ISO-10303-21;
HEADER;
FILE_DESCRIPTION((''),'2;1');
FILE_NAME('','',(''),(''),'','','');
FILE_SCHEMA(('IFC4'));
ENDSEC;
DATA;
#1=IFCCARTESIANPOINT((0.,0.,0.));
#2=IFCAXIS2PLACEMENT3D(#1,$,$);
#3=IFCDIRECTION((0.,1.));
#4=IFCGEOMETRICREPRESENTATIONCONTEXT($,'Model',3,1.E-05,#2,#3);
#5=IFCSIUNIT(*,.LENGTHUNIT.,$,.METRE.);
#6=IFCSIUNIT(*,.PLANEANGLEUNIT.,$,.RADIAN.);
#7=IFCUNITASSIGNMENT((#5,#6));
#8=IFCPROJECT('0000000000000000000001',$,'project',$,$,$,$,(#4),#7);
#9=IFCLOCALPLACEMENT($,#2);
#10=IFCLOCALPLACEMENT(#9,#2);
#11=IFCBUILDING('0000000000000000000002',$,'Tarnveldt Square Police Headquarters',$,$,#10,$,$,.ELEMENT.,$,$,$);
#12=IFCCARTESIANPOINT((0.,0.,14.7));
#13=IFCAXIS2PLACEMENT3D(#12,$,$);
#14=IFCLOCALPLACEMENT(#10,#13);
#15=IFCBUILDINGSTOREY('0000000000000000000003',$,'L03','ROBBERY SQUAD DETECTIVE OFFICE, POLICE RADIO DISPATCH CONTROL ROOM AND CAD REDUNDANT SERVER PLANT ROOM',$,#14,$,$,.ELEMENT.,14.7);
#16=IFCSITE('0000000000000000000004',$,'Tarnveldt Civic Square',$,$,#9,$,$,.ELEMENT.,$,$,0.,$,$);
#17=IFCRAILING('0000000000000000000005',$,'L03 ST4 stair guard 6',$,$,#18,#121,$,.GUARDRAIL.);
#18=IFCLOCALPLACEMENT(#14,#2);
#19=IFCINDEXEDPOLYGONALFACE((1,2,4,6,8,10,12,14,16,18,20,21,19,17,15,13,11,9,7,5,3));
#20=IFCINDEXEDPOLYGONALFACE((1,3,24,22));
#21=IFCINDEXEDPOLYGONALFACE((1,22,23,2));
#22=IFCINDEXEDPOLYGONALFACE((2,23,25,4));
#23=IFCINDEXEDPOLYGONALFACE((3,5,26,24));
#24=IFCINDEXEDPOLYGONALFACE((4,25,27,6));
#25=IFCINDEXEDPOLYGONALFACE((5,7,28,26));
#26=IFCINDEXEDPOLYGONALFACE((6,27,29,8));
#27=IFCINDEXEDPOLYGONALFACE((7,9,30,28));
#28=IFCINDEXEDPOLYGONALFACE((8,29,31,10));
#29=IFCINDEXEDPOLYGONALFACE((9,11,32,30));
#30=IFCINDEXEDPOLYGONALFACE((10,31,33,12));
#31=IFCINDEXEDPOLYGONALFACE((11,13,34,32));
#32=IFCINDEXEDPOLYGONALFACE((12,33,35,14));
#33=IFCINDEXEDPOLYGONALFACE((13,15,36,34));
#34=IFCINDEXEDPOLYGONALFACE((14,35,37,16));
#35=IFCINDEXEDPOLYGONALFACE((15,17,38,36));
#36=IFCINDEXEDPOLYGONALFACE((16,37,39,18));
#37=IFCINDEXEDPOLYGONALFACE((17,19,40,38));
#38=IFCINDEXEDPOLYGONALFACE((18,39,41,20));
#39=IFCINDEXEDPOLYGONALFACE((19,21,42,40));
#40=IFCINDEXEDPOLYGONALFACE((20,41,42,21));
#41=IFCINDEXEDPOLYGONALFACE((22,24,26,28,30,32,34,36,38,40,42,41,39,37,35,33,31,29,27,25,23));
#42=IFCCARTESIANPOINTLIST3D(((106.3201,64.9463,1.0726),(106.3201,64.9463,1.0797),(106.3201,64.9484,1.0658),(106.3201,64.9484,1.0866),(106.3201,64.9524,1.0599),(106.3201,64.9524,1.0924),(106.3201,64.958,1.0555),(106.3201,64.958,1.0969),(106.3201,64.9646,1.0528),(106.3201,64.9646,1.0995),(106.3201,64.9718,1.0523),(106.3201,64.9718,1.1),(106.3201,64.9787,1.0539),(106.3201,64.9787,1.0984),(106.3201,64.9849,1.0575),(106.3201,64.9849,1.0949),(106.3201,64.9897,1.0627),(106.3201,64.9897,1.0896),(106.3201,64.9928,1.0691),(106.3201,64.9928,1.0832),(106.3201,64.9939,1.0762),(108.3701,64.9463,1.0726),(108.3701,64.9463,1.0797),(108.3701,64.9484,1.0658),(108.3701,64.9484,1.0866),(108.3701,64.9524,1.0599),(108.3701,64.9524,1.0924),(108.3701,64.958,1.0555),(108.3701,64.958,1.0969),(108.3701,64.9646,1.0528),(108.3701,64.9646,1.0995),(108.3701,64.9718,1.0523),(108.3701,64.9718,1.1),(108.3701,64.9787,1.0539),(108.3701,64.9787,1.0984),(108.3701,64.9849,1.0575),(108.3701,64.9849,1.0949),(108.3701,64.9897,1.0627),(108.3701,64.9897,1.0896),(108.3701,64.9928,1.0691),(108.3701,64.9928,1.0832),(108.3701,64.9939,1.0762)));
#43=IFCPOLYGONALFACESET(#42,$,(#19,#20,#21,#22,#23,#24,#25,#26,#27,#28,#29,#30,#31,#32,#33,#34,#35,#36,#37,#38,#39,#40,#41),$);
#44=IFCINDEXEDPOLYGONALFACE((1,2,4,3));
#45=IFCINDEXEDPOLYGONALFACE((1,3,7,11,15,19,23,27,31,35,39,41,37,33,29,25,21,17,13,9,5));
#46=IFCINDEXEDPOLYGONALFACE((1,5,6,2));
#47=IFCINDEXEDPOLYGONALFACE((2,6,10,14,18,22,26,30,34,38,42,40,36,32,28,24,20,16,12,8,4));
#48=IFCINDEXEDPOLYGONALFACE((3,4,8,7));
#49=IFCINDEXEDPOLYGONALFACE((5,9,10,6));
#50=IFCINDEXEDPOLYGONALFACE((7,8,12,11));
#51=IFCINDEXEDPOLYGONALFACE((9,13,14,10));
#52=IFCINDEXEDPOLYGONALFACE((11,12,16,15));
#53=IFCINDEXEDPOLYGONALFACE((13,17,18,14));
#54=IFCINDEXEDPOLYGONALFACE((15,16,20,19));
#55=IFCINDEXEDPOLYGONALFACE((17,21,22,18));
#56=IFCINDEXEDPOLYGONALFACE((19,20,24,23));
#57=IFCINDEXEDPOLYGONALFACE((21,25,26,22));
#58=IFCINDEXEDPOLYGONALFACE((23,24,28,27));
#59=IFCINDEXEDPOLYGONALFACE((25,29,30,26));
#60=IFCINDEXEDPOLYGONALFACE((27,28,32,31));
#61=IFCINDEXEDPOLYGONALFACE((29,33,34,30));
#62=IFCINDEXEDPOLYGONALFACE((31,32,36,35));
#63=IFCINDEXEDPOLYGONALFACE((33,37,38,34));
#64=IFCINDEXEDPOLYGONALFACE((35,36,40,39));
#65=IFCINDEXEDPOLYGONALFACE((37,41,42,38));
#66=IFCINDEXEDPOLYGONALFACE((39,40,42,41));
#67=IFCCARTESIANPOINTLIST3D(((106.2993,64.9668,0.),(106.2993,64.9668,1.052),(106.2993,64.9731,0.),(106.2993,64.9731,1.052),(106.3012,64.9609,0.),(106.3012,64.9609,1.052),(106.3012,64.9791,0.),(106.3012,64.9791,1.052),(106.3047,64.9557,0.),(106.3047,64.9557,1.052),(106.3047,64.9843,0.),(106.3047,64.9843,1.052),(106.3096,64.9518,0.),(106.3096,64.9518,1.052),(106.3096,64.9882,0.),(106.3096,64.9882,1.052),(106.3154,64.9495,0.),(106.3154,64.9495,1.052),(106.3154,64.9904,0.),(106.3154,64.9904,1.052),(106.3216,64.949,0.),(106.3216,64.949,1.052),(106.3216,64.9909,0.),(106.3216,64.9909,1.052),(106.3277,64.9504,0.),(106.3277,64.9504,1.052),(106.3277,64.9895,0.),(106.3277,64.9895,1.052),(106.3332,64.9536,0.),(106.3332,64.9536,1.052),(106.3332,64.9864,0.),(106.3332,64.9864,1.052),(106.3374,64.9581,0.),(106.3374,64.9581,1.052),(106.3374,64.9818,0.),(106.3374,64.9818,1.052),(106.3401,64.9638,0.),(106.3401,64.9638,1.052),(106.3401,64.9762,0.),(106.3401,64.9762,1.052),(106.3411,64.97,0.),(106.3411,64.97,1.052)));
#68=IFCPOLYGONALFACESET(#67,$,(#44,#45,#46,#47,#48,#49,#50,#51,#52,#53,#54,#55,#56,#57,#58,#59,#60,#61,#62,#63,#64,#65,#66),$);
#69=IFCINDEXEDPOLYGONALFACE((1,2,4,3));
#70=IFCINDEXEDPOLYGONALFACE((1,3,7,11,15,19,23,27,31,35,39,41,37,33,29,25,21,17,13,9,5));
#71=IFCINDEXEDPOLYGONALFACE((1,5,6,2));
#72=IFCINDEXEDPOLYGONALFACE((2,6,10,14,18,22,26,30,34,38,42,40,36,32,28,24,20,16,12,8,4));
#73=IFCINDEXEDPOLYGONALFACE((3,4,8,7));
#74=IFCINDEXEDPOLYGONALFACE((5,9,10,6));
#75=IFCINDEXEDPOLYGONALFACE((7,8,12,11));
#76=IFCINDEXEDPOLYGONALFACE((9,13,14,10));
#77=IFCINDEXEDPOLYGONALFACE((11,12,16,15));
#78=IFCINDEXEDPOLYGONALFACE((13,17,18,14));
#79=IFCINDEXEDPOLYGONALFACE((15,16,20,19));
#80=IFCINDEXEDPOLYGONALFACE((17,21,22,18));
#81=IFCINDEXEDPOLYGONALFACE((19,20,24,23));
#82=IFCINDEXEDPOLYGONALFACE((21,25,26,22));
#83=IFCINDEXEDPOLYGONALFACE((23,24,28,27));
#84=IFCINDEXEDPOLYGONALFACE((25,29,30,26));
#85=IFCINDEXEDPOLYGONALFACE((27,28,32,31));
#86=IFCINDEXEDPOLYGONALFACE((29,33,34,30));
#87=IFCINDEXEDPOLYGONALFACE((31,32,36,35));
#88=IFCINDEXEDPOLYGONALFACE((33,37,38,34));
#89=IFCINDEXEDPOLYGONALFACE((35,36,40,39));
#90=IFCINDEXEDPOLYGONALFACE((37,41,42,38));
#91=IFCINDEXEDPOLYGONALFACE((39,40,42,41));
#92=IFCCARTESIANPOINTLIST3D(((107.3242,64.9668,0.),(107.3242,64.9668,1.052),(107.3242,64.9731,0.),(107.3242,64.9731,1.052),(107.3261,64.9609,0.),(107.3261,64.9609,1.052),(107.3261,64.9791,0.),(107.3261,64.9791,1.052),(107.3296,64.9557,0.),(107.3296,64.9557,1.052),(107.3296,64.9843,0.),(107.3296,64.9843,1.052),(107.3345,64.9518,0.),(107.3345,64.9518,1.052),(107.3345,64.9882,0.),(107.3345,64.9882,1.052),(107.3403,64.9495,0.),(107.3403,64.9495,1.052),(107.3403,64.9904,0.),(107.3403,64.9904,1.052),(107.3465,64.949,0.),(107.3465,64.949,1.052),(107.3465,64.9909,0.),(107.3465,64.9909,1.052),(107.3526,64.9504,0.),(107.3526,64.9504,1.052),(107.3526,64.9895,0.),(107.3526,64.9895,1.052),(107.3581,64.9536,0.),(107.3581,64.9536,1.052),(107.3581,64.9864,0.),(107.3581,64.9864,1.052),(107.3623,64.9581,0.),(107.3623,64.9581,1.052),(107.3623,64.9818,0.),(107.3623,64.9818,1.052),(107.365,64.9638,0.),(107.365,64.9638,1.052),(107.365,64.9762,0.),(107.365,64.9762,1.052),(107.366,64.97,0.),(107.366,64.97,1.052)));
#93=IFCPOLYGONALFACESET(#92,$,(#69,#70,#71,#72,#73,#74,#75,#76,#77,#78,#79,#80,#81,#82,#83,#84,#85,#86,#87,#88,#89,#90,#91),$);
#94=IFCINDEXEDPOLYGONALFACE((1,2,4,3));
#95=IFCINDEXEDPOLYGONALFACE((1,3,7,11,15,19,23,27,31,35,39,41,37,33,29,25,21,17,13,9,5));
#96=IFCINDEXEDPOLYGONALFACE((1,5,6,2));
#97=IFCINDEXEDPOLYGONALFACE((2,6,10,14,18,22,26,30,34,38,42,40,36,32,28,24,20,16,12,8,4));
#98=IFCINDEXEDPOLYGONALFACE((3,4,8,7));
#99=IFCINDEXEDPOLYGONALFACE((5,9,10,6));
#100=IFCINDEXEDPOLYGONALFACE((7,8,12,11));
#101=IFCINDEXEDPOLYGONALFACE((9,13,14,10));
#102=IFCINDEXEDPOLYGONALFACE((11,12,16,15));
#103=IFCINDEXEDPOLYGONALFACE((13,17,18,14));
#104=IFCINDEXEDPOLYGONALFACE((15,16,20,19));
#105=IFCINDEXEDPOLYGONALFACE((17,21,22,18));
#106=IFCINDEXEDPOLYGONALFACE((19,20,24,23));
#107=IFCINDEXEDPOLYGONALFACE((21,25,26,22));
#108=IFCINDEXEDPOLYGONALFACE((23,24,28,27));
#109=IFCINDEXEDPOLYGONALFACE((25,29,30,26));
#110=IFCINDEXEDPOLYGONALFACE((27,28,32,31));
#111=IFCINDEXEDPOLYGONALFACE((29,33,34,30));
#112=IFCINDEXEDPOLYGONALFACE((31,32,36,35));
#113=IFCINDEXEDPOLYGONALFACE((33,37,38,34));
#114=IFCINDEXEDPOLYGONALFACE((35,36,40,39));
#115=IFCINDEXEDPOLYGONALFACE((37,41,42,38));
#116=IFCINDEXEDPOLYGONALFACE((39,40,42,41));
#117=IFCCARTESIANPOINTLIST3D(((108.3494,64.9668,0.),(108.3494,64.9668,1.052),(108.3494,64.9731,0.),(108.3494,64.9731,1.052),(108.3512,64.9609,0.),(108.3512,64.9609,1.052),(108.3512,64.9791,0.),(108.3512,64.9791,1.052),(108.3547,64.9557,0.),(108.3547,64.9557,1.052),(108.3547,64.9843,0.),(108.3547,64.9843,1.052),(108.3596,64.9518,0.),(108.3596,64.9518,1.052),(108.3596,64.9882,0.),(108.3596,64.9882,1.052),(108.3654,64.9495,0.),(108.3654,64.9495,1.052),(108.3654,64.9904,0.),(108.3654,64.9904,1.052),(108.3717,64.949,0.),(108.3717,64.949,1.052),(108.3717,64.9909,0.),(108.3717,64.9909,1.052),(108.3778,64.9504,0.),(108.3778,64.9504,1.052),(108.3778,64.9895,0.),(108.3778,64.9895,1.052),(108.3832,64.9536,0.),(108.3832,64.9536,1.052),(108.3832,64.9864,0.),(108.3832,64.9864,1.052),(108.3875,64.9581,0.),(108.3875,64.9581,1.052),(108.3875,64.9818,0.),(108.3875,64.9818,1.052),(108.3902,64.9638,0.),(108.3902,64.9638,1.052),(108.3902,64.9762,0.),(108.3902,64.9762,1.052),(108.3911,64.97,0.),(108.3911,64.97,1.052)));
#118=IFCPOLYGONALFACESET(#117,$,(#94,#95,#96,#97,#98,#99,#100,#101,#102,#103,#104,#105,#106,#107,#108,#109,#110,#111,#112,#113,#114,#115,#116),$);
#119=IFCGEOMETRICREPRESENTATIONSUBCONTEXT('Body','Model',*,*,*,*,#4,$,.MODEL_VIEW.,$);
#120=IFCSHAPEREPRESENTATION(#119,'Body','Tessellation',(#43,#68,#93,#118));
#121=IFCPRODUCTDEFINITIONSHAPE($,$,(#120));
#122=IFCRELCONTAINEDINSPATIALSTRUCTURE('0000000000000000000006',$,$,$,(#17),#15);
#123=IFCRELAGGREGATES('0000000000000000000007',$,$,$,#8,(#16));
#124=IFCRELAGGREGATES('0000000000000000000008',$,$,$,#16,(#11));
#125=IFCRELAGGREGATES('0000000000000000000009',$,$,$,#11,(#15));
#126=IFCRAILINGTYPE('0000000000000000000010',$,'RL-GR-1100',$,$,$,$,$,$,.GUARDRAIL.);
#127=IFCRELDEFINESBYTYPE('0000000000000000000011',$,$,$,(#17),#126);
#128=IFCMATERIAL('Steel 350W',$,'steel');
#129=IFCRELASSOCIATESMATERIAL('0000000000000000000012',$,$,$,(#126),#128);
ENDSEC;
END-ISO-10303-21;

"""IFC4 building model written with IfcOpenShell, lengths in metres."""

from ifc_helpers import new_model, si_unit, direction, frame, origin, origin_2d, place, context, subcontext, project, spatial, circle, extrude, material, type_object, element, save


model = new_model("IFC4")

# Units and contexts
model_context = context("Model", 3, precision=1e-05, world=origin(), true_north=direction((0.0, 1.0)))
body_context = subcontext(model_context, "Body", "Model", "MODEL_VIEW")
ifc_project = project(units=[si_unit("LENGTHUNIT", "METRE"), si_unit("PLANEANGLEUNIT", "RADIAN")], contexts=[model_context])

# Site, building, storey
site_placement = place(None, origin())
site = spatial("IfcSite", under=ifc_project, at=site_placement, Name="Tarnveldt Civic Square", CompositionType="ELEMENT", RefElevation=0.0)
building_placement = place(site_placement, origin())
building = spatial("IfcBuilding", under=site, at=building_placement, Name="Tarnveldt Square Police Headquarters", CompositionType="ELEMENT")
storey_placement = place(building_placement, frame((0.0, 0.0, 14.7)))
storey = spatial("IfcBuildingStorey", under=building, at=storey_placement, Name="L03", Description="ROBBERY SQUAD DETECTIVE OFFICE, POLICE RADIO DISPATCH CONTROL ROOM AND CAD REDUNDANT SERVER PLANT ROOM", CompositionType="ELEMENT", Elevation=14.7)

# Shared definitions
ifc_material_1 = material(Name="Steel 350W", Category="steel")

# Railing
railing_type_1 = type_object("IfcRailingType", Name="RL-GR-1100", PredefinedType="GUARDRAIL", material=ifc_material_1)
railing_1_placement = place(storey_placement, frame((106.3201, 64.97, 0.0)))
element("IfcRailing", 1, at=railing_1_placement, inside=storey, type_object=railing_type_1, Name="L03 ST4 stair guard 6", PredefinedType="GUARDRAIL", context=body_context, shape_type="SweptSolid", body=[
    extrude(circle(Radius=0.0239, at=origin_2d()), frame((0.0, 0.0, 1.0762), z_axis=(1.0, 0.0, 0.0), x_axis=(0.0, 1.0, 0.0)), (0.0, 0.0, 1.0), 2.05),
    extrude(circle(Radius=0.021, at=origin_2d()), origin(), (0.0, 0.0, 1.0), 1.052),
    extrude(circle(Radius=0.021, at=origin_2d()), frame((1.0249, 0.0, 0.0)), (0.0, 0.0, 1.0), 1.052),
    extrude(circle(Radius=0.021, at=origin_2d()), frame((2.05, 0.0, 0.0)), (0.0, 0.0, 1.0), 1.052),
])

save(model, "model.ifc")
